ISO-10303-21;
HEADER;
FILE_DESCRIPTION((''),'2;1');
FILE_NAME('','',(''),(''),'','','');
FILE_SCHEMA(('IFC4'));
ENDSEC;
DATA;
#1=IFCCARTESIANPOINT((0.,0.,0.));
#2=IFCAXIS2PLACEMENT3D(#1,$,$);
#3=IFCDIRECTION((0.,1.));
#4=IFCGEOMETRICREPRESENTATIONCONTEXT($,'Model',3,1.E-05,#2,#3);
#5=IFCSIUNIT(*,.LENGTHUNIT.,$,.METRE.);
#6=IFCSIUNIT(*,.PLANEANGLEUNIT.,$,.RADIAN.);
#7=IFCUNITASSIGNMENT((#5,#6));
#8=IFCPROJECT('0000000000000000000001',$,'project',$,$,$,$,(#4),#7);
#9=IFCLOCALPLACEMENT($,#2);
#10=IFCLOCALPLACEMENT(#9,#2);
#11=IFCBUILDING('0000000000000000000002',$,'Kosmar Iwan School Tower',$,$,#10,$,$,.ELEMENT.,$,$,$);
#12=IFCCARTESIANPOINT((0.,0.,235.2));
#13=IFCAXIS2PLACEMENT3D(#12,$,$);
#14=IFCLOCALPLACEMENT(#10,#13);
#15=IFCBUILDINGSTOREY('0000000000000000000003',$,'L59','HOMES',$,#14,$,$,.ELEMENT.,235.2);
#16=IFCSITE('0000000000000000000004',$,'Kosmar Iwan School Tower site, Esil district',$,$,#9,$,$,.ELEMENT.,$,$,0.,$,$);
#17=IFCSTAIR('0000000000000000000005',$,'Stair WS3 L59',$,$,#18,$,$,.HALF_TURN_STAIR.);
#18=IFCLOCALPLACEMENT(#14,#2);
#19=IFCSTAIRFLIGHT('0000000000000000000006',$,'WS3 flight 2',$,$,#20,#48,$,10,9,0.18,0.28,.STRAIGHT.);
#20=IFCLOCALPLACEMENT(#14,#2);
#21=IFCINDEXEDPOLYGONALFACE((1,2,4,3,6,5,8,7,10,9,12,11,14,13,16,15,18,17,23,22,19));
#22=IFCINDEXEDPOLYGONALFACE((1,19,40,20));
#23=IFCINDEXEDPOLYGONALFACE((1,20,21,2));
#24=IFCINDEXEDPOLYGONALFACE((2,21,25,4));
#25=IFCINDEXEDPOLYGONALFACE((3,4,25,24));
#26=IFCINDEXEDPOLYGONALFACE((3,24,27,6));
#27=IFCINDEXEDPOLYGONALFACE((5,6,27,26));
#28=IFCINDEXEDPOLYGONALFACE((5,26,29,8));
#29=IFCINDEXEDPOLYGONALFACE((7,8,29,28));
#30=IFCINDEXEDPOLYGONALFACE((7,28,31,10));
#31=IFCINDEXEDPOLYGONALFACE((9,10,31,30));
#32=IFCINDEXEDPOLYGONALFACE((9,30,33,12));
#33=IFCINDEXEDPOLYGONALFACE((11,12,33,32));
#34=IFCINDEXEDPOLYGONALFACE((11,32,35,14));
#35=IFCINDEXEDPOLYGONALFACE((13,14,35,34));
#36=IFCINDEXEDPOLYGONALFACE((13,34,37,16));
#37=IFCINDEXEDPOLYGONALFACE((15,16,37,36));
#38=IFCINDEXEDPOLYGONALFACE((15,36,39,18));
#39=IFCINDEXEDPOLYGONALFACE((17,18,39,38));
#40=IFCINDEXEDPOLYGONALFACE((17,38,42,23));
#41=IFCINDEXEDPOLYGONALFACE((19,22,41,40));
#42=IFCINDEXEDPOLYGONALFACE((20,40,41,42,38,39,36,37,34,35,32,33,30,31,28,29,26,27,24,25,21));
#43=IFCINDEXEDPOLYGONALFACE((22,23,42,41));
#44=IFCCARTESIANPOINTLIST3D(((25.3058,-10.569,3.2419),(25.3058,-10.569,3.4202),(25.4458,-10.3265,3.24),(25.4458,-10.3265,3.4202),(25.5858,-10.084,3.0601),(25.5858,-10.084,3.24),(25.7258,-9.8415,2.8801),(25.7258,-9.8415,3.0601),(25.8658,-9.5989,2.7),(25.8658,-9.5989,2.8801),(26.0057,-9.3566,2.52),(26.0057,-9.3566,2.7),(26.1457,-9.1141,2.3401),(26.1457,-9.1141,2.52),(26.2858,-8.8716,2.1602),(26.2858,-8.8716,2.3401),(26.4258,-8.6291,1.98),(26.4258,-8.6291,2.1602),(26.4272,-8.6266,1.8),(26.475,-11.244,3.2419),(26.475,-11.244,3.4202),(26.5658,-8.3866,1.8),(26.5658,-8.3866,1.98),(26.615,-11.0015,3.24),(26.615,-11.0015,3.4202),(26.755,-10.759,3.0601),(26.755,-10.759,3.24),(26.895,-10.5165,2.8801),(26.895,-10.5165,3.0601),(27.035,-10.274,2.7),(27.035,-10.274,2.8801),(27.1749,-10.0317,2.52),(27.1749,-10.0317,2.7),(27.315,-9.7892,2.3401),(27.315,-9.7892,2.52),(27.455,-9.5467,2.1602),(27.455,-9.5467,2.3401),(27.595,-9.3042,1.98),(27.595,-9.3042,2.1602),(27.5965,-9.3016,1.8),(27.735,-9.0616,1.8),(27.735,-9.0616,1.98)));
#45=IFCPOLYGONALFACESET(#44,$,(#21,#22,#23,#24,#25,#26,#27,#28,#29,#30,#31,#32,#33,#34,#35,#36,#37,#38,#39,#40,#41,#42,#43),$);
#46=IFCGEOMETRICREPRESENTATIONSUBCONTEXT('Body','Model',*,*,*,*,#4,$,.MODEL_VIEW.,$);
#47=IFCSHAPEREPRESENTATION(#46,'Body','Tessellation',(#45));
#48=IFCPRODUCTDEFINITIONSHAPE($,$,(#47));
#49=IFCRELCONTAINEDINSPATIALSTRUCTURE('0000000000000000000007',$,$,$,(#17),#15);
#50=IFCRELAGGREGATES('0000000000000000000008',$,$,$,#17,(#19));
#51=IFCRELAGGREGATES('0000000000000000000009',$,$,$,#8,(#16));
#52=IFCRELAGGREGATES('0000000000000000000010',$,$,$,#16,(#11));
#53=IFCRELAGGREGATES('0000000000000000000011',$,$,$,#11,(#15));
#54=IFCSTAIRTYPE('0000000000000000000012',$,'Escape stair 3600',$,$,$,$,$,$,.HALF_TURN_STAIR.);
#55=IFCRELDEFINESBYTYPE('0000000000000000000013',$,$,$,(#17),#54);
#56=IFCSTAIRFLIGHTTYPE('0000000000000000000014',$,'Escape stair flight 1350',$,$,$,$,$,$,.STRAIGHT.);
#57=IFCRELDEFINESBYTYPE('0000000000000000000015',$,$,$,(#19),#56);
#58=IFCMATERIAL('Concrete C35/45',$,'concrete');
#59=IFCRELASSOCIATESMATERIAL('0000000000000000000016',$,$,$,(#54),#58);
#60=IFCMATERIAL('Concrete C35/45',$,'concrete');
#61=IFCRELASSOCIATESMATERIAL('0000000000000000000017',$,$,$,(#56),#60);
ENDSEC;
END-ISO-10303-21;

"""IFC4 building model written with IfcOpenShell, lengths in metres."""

from ifc_helpers import new_model, si_unit, direction, frame, origin, place, context, subcontext, project, spatial, polyline, outline, extrude, material, type_object, element, aggregate, save


model = new_model("IFC4")

# Units and contexts
model_context = context("Model", 3, precision=1e-05, world=origin(), true_north=direction((0.0, 1.0)))
body_context = subcontext(model_context, "Body", "Model", "MODEL_VIEW")
ifc_project = project(units=[si_unit("LENGTHUNIT", "METRE"), si_unit("PLANEANGLEUNIT", "RADIAN")], contexts=[model_context])

# Site, building, storey
site_placement = place(None, origin())
site = spatial("IfcSite", under=ifc_project, at=site_placement, Name="Kosmar Iwan School Tower site, Esil district", CompositionType="ELEMENT", RefElevation=0.0)
building_placement = place(site_placement, origin())
building = spatial("IfcBuilding", under=site, at=building_placement, Name="Kosmar Iwan School Tower", CompositionType="ELEMENT")
storey_placement = place(building_placement, frame((0.0, 0.0, 235.2)))
storey = spatial("IfcBuildingStorey", under=building, at=storey_placement, Name="L59", Description="HOMES", CompositionType="ELEMENT", Elevation=235.2)

# Stair, stair flight
ifc_material_1 = material(Name="Concrete C35/45", Category="concrete")
stair_type = type_object("IfcStairType", Name="Escape stair 3600", PredefinedType="HALF_TURN_STAIR", material=ifc_material_1)
stair_placement = place(storey_placement, origin())
stair = element("IfcStair", 1, at=stair_placement, inside=storey, type_object=stair_type, Name="Stair WS3 L59", PredefinedType="HALF_TURN_STAIR")
ifc_material_2 = material(Name="Concrete C35/45", Category="concrete")
stair_flight_type = type_object("IfcStairFlightType", Name="Escape stair flight 1350", PredefinedType="STRAIGHT", material=ifc_material_2)
stair_flight_1_placement = place(storey_placement, frame((27.1504, -8.7241, 1.8), z_axis=(0.0, 0.0, 1.0), x_axis=(-0.5, -0.866025, 0.0)))
stair_flight_1 = element("IfcStairFlight", 2, at=stair_flight_1_placement, type_object=stair_flight_type, Name="WS3 flight 2", NumberOfRisers=10, NumberOfTreads=9, PredefinedType="STRAIGHT", RiserHeight=0.18, TreadLength=0.28, context=body_context, shape_type="SweptSolid", body=[
    extrude(outline(polyline([(0.0, 0.0), (0.0, 0.1799), (0.28, 0.1799), (0.28, 0.3601), (0.5601, 0.3601), (0.5601, 0.54), (0.8401, 0.54), (0.8401, 0.72), (1.1201, 0.72), (1.1201, 0.8999), (1.3999, 0.8999), (1.3999, 1.0801), (1.6799, 1.0801), (1.6799, 1.26), (1.96, 1.26), (1.96, 1.4399), (2.24, 1.4399), (2.24, 1.6201), (2.52, 1.6201), (2.52, 1.8), (2.52, 1.4419), (0.2771, 0.0), (0.0, 0.0)])), frame((0.0, 0.675, 0.0), z_axis=(0.0, -1.0, 0.0), x_axis=(1.0, 0.0, 0.0)), (0.0, 0.0, 1.0), 1.3501),
])
aggregate(stair, [stair_flight_1])

save(model, "model.ifc")
